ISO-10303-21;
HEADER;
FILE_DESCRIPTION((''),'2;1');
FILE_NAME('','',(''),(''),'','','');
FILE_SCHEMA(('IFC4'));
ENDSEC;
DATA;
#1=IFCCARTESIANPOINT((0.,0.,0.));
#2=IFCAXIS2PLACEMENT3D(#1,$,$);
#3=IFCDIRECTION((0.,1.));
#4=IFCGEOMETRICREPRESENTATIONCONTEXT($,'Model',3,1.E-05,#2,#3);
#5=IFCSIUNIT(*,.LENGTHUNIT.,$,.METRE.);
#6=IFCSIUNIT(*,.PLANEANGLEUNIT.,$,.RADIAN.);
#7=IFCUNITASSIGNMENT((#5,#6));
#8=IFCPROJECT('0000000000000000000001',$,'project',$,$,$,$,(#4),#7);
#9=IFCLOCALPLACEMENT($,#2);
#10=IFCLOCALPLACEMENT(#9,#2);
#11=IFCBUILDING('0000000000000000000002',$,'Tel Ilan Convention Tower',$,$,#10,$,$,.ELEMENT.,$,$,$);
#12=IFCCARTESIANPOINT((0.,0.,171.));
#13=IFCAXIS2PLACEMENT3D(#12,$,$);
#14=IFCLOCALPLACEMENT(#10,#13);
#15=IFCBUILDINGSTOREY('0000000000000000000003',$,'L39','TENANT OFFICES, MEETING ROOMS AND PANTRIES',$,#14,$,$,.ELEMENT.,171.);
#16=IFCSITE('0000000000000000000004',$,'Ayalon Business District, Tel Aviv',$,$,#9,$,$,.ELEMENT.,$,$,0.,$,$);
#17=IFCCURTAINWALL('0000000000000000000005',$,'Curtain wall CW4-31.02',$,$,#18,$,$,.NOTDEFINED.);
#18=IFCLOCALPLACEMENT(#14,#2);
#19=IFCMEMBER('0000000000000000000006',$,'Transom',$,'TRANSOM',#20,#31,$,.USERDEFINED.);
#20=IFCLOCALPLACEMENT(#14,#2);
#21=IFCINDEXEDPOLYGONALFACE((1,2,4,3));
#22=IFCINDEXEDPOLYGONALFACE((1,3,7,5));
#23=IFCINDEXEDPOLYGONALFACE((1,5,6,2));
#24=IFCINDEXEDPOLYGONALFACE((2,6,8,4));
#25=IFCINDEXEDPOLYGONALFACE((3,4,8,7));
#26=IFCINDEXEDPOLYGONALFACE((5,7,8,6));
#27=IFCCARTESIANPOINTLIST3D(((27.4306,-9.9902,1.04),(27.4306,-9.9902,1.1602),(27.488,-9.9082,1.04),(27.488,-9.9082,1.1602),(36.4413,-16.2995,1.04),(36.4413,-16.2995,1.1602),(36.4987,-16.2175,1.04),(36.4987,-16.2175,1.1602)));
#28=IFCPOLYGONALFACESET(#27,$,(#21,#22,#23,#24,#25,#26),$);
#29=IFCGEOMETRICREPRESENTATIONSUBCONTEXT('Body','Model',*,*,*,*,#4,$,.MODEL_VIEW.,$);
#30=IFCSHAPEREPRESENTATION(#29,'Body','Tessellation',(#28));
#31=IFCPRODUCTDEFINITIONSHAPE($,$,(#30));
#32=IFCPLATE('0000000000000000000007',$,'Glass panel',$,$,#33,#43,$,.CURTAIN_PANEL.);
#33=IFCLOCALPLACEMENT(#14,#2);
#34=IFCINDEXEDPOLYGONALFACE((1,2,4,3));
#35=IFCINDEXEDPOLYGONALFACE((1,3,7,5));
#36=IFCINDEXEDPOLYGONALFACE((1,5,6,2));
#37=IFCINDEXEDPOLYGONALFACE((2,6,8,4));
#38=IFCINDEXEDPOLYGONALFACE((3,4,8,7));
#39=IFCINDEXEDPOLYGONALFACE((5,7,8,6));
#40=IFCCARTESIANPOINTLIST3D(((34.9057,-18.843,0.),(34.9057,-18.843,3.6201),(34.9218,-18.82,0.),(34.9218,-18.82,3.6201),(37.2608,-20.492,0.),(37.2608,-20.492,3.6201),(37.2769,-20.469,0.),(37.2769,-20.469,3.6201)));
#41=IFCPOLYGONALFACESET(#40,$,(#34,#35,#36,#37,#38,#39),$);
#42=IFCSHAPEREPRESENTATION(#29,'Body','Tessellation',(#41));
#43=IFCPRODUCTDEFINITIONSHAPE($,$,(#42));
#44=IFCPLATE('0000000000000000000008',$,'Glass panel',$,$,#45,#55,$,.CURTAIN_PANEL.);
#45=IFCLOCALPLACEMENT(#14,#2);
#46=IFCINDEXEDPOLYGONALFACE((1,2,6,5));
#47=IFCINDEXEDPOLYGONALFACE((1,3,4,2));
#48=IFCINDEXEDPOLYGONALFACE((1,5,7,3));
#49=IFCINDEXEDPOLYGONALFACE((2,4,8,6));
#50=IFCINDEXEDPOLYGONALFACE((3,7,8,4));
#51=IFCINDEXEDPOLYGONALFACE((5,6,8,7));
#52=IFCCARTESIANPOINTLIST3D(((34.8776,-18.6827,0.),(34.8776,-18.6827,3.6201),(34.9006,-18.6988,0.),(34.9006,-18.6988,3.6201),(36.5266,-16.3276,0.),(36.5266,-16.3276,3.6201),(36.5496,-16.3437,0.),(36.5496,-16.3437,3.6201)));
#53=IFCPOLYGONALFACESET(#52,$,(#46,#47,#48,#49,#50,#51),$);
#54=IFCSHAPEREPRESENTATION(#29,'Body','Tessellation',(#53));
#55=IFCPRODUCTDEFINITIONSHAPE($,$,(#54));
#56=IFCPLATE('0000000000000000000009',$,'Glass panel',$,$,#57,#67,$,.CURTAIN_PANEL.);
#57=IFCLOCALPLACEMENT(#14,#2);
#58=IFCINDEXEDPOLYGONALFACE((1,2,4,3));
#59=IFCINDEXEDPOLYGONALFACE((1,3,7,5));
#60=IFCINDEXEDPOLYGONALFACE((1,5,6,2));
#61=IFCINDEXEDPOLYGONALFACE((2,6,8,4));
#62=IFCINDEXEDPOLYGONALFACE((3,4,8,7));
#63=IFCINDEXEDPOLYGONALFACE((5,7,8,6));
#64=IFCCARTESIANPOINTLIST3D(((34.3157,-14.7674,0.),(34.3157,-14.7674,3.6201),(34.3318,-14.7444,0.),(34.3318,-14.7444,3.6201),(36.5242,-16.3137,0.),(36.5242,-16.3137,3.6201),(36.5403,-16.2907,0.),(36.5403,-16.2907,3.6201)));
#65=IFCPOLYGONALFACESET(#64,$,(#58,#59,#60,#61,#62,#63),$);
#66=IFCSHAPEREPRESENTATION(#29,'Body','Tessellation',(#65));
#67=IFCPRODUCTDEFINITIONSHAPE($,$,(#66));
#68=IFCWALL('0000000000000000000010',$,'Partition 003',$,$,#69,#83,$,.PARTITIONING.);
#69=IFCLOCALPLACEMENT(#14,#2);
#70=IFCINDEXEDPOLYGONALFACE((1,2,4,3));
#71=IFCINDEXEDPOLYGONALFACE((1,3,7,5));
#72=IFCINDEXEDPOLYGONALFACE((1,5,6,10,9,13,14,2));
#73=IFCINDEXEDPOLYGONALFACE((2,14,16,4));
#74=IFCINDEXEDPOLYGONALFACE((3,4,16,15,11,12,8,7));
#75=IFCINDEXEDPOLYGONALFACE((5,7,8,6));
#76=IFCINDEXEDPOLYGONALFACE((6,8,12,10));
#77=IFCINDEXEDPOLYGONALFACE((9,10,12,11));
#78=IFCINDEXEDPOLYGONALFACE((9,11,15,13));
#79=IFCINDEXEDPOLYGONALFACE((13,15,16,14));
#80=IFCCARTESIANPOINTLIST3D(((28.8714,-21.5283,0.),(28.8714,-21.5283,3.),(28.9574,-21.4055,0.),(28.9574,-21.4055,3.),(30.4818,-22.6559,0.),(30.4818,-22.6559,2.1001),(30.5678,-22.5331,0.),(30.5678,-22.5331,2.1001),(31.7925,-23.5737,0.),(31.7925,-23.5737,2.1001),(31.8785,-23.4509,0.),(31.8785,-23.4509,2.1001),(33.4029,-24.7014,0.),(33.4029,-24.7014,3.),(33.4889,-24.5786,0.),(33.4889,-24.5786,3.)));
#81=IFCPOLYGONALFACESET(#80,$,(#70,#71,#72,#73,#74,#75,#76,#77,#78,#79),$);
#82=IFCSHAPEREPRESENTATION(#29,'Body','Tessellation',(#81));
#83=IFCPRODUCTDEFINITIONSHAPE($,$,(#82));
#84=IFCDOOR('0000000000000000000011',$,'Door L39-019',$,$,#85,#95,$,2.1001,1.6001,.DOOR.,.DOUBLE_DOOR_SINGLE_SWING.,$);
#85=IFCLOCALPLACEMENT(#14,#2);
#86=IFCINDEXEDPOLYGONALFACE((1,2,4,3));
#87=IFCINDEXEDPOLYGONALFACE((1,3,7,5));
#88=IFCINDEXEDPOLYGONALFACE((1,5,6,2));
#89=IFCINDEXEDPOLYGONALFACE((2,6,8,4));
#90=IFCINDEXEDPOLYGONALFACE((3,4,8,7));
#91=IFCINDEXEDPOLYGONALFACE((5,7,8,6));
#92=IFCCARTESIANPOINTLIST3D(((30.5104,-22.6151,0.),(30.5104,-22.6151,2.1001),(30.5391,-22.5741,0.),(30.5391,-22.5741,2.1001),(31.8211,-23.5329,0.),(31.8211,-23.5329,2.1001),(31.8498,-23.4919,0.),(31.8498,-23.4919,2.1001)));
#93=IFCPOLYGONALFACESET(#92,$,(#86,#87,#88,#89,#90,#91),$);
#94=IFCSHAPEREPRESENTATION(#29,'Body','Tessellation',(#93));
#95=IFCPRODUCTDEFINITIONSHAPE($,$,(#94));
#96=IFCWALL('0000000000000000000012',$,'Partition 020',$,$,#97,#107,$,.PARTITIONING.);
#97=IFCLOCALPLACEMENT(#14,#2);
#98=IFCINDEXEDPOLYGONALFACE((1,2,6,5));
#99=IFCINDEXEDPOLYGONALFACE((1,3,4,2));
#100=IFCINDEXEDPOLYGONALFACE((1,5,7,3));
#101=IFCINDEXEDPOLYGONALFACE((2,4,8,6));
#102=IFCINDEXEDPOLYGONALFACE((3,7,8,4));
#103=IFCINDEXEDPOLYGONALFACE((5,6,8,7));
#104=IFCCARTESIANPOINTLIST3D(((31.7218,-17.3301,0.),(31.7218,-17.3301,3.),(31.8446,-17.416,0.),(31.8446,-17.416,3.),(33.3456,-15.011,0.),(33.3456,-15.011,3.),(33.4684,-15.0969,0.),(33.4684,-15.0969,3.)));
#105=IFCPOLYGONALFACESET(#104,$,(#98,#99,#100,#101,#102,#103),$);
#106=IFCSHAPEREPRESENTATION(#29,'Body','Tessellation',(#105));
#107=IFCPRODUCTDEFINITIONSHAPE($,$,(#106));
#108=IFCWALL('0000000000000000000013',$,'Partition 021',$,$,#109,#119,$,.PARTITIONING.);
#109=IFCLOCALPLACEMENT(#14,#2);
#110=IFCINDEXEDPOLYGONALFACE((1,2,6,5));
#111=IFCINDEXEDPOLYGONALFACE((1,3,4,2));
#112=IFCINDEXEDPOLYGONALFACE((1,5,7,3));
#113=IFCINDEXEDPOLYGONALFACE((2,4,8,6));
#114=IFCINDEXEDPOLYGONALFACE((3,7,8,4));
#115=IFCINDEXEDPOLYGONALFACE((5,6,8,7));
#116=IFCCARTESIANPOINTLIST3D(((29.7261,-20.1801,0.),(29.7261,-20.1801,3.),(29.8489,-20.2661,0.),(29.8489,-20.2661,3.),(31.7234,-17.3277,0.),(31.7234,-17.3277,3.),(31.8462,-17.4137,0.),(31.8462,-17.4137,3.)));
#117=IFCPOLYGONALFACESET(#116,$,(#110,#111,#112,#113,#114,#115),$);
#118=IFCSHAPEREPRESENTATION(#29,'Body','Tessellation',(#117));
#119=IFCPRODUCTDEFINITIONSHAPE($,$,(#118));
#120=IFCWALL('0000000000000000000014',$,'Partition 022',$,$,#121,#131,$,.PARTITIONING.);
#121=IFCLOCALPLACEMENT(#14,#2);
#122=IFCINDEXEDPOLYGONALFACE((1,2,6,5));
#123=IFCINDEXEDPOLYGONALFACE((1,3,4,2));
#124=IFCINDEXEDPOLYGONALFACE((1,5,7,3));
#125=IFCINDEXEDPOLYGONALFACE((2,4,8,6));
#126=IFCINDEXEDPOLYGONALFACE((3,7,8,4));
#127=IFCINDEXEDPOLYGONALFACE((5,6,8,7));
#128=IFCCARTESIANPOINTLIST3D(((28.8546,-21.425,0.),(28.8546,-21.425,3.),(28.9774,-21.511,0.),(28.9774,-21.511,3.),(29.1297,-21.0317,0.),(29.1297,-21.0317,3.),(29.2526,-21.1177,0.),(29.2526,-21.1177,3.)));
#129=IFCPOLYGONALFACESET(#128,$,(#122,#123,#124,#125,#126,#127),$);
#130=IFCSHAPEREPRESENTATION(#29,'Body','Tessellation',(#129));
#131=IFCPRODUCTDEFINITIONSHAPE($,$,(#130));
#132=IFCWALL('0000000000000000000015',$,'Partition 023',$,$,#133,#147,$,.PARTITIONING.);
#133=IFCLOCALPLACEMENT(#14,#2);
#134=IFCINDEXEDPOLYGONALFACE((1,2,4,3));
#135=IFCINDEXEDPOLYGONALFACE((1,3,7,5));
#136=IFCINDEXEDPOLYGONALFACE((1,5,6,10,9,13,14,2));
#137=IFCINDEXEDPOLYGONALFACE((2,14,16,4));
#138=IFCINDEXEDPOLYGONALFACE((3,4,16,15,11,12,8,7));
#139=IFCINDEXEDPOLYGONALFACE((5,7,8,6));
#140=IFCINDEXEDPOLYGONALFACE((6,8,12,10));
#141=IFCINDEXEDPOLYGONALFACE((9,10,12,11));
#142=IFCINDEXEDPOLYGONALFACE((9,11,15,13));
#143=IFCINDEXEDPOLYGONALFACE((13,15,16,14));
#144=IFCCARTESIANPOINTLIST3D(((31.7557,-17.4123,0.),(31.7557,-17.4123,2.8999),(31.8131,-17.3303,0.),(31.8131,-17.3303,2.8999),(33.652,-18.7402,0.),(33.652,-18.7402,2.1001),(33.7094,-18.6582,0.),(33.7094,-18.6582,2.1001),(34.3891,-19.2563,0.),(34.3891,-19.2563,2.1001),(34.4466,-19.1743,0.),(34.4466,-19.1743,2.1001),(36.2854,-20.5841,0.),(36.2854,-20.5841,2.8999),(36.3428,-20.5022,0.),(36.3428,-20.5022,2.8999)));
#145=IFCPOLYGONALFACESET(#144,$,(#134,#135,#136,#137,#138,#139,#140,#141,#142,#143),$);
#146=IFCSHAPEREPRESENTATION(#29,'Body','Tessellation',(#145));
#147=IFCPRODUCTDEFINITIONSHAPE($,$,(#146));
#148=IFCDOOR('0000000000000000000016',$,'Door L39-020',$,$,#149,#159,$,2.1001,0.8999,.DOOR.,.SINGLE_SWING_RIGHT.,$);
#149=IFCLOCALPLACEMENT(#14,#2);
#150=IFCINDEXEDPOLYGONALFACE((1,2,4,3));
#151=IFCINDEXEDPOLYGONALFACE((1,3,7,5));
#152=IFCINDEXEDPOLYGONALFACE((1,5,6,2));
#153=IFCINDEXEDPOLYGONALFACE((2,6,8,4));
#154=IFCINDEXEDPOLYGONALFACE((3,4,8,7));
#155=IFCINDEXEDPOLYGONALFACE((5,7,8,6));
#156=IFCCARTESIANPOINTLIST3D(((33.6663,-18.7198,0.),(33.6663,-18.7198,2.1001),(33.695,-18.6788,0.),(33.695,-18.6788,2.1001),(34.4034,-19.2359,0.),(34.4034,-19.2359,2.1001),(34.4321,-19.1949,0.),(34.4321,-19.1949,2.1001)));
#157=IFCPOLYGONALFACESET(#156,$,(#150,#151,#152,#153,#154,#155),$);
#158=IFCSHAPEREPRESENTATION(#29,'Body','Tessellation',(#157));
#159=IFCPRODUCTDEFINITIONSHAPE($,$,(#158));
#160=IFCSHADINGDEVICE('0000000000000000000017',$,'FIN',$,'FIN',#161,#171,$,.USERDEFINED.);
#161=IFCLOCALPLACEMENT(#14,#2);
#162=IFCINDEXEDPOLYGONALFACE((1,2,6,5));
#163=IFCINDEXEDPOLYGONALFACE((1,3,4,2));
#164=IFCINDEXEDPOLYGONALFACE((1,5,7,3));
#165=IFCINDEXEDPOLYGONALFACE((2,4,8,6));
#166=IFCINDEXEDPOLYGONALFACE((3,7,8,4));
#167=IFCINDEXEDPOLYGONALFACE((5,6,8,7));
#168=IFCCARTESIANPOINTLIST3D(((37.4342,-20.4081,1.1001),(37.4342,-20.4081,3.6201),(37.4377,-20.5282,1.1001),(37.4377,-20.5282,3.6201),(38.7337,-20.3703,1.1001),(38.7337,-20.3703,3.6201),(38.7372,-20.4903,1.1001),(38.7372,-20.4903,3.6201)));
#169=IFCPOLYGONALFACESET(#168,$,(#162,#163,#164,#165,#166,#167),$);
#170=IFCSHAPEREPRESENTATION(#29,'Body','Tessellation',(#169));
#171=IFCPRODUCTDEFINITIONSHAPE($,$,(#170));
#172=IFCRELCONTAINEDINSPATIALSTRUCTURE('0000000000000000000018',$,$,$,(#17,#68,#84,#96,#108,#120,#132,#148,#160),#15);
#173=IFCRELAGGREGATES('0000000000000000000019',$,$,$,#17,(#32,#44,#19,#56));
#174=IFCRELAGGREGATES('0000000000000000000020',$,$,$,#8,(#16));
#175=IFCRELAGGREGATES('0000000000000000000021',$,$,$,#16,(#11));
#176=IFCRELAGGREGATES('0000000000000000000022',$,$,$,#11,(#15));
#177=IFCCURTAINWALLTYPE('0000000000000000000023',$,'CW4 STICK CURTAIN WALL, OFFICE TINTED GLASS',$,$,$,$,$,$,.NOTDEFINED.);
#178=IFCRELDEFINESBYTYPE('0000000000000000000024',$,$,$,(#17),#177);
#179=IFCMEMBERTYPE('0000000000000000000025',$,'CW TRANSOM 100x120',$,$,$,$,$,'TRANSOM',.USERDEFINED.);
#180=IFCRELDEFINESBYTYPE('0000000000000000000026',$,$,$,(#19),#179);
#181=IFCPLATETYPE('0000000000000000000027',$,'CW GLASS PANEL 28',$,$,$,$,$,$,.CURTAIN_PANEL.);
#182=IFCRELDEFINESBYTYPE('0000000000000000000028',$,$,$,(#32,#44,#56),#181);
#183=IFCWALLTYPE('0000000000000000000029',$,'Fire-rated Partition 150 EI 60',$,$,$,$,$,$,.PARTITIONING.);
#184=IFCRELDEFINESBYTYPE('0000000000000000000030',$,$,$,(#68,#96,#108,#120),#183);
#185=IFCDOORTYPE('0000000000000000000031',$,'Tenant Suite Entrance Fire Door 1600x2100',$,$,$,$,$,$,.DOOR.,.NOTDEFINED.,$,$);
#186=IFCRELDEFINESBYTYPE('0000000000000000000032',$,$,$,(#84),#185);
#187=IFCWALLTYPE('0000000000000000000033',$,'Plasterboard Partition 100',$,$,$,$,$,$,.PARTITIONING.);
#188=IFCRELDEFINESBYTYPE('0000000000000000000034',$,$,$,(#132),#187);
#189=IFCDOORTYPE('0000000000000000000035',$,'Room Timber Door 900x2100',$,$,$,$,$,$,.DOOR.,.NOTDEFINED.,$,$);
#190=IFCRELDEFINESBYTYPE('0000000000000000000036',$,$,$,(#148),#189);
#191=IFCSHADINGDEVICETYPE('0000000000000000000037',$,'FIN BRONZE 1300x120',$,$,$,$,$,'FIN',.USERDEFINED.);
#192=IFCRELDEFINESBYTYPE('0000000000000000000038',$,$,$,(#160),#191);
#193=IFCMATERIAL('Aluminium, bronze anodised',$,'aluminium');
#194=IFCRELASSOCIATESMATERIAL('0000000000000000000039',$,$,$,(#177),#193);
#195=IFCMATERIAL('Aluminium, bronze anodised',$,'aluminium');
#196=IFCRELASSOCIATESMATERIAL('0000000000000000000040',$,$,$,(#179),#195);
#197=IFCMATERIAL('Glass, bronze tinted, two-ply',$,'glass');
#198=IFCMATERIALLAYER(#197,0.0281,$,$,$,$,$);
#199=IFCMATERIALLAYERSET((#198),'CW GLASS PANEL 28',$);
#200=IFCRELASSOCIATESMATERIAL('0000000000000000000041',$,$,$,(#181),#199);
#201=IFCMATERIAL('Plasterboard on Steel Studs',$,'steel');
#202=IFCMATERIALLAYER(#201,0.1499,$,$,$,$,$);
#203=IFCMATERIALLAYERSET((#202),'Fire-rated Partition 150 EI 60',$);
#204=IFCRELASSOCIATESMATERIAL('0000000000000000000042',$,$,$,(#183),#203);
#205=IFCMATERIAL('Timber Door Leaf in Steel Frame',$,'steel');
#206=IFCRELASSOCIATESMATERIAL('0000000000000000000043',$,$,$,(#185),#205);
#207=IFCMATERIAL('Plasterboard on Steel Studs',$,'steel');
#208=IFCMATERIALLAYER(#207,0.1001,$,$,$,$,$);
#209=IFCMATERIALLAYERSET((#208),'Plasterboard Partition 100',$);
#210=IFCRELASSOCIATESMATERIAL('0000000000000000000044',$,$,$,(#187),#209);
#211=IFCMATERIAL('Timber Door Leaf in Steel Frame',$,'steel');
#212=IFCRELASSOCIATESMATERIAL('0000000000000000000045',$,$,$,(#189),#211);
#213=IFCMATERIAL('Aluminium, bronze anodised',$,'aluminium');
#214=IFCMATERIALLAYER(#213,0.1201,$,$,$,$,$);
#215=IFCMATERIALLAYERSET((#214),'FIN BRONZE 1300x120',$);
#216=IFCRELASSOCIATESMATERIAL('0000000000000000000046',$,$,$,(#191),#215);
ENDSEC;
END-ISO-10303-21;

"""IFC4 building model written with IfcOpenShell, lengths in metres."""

from ifc_helpers import new_model, si_unit, direction, frame, frame_2d, origin, origin_2d, place, context, subcontext, project, spatial, rectangle, extrude, material, layer, layer_set, material_profile, profile_set, type_object, element, fill, aggregate, save


model = new_model("IFC4")

# Units and contexts
model_context = context("Model", 3, precision=1e-05, world=origin(), true_north=direction((0.0, 1.0)))
body_context = subcontext(model_context, "Body", "Model", "MODEL_VIEW")
ifc_project = project(units=[si_unit("LENGTHUNIT", "METRE"), si_unit("PLANEANGLEUNIT", "RADIAN")], contexts=[model_context])

# Site, building, storey
site_placement = place(None, origin())
site = spatial("IfcSite", under=ifc_project, at=site_placement, Name="Ayalon Business District, Tel Aviv", CompositionType="ELEMENT", RefElevation=0.0)
building_placement = place(site_placement, origin())
building = spatial("IfcBuilding", under=site, at=building_placement, Name="Tel Ilan Convention Tower", CompositionType="ELEMENT")
storey_placement = place(building_placement, frame((0.0, 0.0, 171.0)))
storey = spatial("IfcBuildingStorey", under=building, at=storey_placement, Name="L39", Description="TENANT OFFICES, MEETING ROOMS AND PANTRIES", CompositionType="ELEMENT", Elevation=171.0)

# Curtain wall, member, plates
ifc_material_1 = material(Name="Aluminium, bronze anodised", Category="aluminium")
curtain_wall_type = type_object("IfcCurtainWallType", Name="CW4 STICK CURTAIN WALL, OFFICE TINTED GLASS", PredefinedType="NOTDEFINED", material=ifc_material_1)
curtain_wall_placement = place(storey_placement, origin())
curtain_wall = element("IfcCurtainWall", 1, at=curtain_wall_placement, inside=storey, type_object=curtain_wall_type, Name="Curtain wall CW4-31.02", PredefinedType="NOTDEFINED")
ifc_material_2 = material(Name="Aluminium, bronze anodised", Category="aluminium")
ifc_material_profile_1 = material_profile(ifc_material_2, rectangle(XDim=0.1001, YDim=0.1201, at=origin_2d()), Name="CW TRANSOM 100x120")
ifc_profile_set_1 = profile_set([ifc_material_profile_1], Name="Aluminium, bronze anodised")
member_type_1 = type_object("IfcMemberType", Name="CW TRANSOM 100x120", ElementType="TRANSOM", PredefinedType="USERDEFINED", material=ifc_profile_set_1)
member_1_placement = place(storey_placement, frame((36.47, -16.2585, 1.1001), z_axis=(-0.819155, 0.573573, 0.0), x_axis=(-0.573573, -0.819155, 0.0)))
member_1 = element("IfcMember", 2, at=member_1_placement, type_object=member_type_1, Name="Transom", ObjectType="TRANSOM", PredefinedType="USERDEFINED", context=body_context, shape_type="SweptSolid", body=[
    extrude(rectangle(XDim=0.1001, YDim=0.1201, at=origin_2d()), origin(), (0.0, 0.0, 1.0), 11.0),
])
ifc_material_3 = material(Name="Glass, bronze tinted, two-ply", Category="glass")
ifc_layer_1 = layer(ifc_material_3, 0.0281)
ifc_layer_set_1 = layer_set([ifc_layer_1], Name="CW GLASS PANEL 28")
plate_type = type_object("IfcPlateType", Name="CW GLASS PANEL 28", PredefinedType="CURTAIN_PANEL", material=ifc_layer_set_1)
plate_1_placement = place(storey_placement, frame((36.0913, -19.656, 0.0), z_axis=(0.0, 0.0, 1.0), x_axis=(-0.819152, 0.573576, 0.0)))
plate_1 = element("IfcPlate", 3, at=plate_1_placement, type_object=plate_type, Name="Glass panel", PredefinedType="CURTAIN_PANEL", context=body_context, shape_type="SweptSolid", body=[
    extrude(rectangle(XDim=2.875, YDim=0.0281, at=origin_2d()), origin(), (0.0, 0.0, 1.0), 3.6201),
])
plate_2_placement = place(storey_placement, frame((35.7136, -17.5132, 0.0), z_axis=(0.0, 0.0, 1.0), x_axis=(0.573576, 0.819152, 0.0)))
plate_2 = element("IfcPlate", 4, at=plate_2_placement, type_object=plate_type, Name="Glass panel", PredefinedType="CURTAIN_PANEL", context=body_context, shape_type="SweptSolid", body=[
    extrude(rectangle(XDim=2.875, YDim=0.0281, at=origin_2d()), origin(), (0.0, 0.0, 1.0), 3.6201),
])
plate_3_placement = place(storey_placement, frame((35.428, -15.5291, 0.0), z_axis=(0.0, 0.0, 1.0), x_axis=(-0.819152, 0.573576, 0.0)))
plate_3 = element("IfcPlate", 5, at=plate_3_placement, type_object=plate_type, Name="Glass panel", PredefinedType="CURTAIN_PANEL", context=body_context, shape_type="SweptSolid", body=[
    extrude(rectangle(XDim=2.696, YDim=0.0281, at=origin_2d()), origin(), (0.0, 0.0, 1.0), 3.6201),
])
aggregate(curtain_wall, [plate_1, plate_2, member_1, plate_3])

# Wall, opening, door
ifc_material_4 = material(Name="Plasterboard on Steel Studs", Category="steel")
ifc_layer_2 = layer(ifc_material_4, 0.1499)
ifc_layer_set_2 = layer_set([ifc_layer_2], Name="Fire-rated Partition 150 EI 60")
wall_type_1 = type_object("IfcWallType", Name="Fire-rated Partition 150 EI 60", PredefinedType="PARTITIONING", material=ifc_layer_set_2)
wall_1_placement = place(storey_placement, frame((28.9143, -21.4668, 0.0), z_axis=(0.0, 0.0, 1.0), x_axis=(0.819143, -0.57359, 0.0)))
wall_1 = element("IfcWall", 6, at=wall_1_placement, inside=storey, type_object=wall_type_1, Name="Partition 003", PredefinedType="PARTITIONING", context=body_context, shape_type="SweptSolid", body=[
    extrude(rectangle(XDim=5.532, YDim=0.1499, at=frame_2d((2.7661, 0.0))), origin(), (0.0, 0.0, 1.0), 3.0),
])
opening_1_placement = place(wall_1_placement, frame((1.9661, 0.0, 0.0)))
opening_1 = element("IfcOpeningElement", 7, at=opening_1_placement, cuts=wall_1, PredefinedType="OPENING", context=body_context, shape_type="SweptSolid", body=[
    extrude(rectangle(XDim=1.6001, YDim=2.1001, at=frame_2d((0.8, 1.05))), frame((0.0, 0.085, 0.0), z_axis=(0.0, -1.0, 0.0), x_axis=(1.0, 0.0, 0.0)), (0.0, 0.0, 1.0), 0.1699),
])
ifc_material_5 = material(Name="Timber Door Leaf in Steel Frame", Category="steel")
door_type_1 = type_object("IfcDoorType", Name="Tenant Suite Entrance Fire Door 1600x2100", OperationType="NOTDEFINED", PredefinedType="DOOR", material=ifc_material_5)
door_1_placement = place(opening_1_placement, origin())
door_1 = element("IfcDoor", 8, at=door_1_placement, inside=storey, type_object=door_type_1, Name="Door L39-019", OperationType="DOUBLE_DOOR_SINGLE_SWING", OverallHeight=2.1001, OverallWidth=1.6001, PredefinedType="DOOR", context=body_context, shape_type="SweptSolid", body=[
    extrude(rectangle(XDim=1.6001, YDim=2.1001, at=frame_2d((0.8, 1.05))), frame((0.0, 0.0249, 0.0), z_axis=(0.0, -1.0, 0.0), x_axis=(1.0, 0.0, 0.0)), (0.0, 0.0, 1.0), 0.05),
])
fill(opening_1, door_1)

# Walls
wall_2_placement = place(storey_placement, frame((33.407, -15.054, 0.0), z_axis=(0.0, 0.0, 1.0), x_axis=(-0.573561, -0.819163, 0.0)))
element("IfcWall", 9, at=wall_2_placement, inside=storey, type_object=wall_type_1, Name="Partition 020", PredefinedType="PARTITIONING", context=body_context, shape_type="SweptSolid", body=[
    extrude(rectangle(XDim=2.8311, YDim=0.1499, at=frame_2d((1.4155, 0.0))), origin(), (0.0, 0.0, 1.0), 3.0),
])
wall_3_placement = place(storey_placement, frame((31.7849, -17.3706, 0.0), z_axis=(0.0, 0.0, 1.0), x_axis=(-0.573599, -0.819136, 0.0)))
element("IfcWall", 10, at=wall_3_placement, inside=storey, type_object=wall_type_1, Name="Partition 021", PredefinedType="PARTITIONING", context=body_context, shape_type="SweptSolid", body=[
    extrude(rectangle(XDim=3.4822, YDim=0.1499, at=frame_2d((1.7412, 0.0))), origin(), (0.0, 0.0, 1.0), 3.0),
])
wall_4_placement = place(storey_placement, frame((29.1912, -21.0747, 0.0), z_axis=(0.0, 0.0, 1.0), x_axis=(-0.573223, -0.819399, 0.0)))
element("IfcWall", 11, at=wall_4_placement, inside=storey, type_object=wall_type_1, Name="Partition 022", PredefinedType="PARTITIONING", context=body_context, shape_type="SweptSolid", body=[
    extrude(rectangle(XDim=0.48, YDim=0.1499, at=frame_2d((0.24, 0.0))), origin(), (0.0, 0.0, 1.0), 3.0),
])

# Wall, opening, door
ifc_material_6 = material(Name="Plasterboard on Steel Studs", Category="steel")
ifc_layer_3 = layer(ifc_material_6, 0.1001)
ifc_layer_set_3 = layer_set([ifc_layer_3], Name="Plasterboard Partition 100")
wall_type_2 = type_object("IfcWallType", Name="Plasterboard Partition 100", PredefinedType="PARTITIONING", material=ifc_layer_set_3)
wall_5_placement = place(storey_placement, frame((31.7844, -17.3713, 0.0), z_axis=(0.0, 0.0, 1.0), x_axis=(0.819145, -0.573587, 0.0)))
wall_5 = element("IfcWall", 12, at=wall_5_placement, inside=storey, type_object=wall_type_2, Name="Partition 023", PredefinedType="PARTITIONING", context=body_context, shape_type="SweptSolid", body=[
    extrude(rectangle(XDim=5.5298, YDim=0.1001, at=frame_2d((2.7649, 0.0))), origin(), (0.0, 0.0, 1.0), 2.8999),
])
opening_2_placement = place(wall_5_placement, frame((2.3149, 0.0, 0.0)))
opening_2 = element("IfcOpeningElement", 13, at=opening_2_placement, cuts=wall_5, PredefinedType="OPENING", context=body_context, shape_type="SweptSolid", body=[
    extrude(rectangle(XDim=0.8999, YDim=2.1001, at=frame_2d((0.45, 1.05))), frame((0.0, 0.0601, 0.0), z_axis=(0.0, -1.0, 0.0), x_axis=(1.0, 0.0, 0.0)), (0.0, 0.0, 1.0), 0.1201),
])
ifc_material_7 = material(Name="Timber Door Leaf in Steel Frame", Category="steel")
door_type_2 = type_object("IfcDoorType", Name="Room Timber Door 900x2100", OperationType="NOTDEFINED", PredefinedType="DOOR", material=ifc_material_7)
door_2_placement = place(opening_2_placement, origin())
door_2 = element("IfcDoor", 14, at=door_2_placement, inside=storey, type_object=door_type_2, Name="Door L39-020", OperationType="SINGLE_SWING_RIGHT", OverallHeight=2.1001, OverallWidth=0.8999, PredefinedType="DOOR", context=body_context, shape_type="SweptSolid", body=[
    extrude(rectangle(XDim=0.8999, YDim=2.1001, at=frame_2d((0.45, 1.05))), frame((0.0, 0.0249, 0.0), z_axis=(0.0, -1.0, 0.0), x_axis=(1.0, 0.0, 0.0)), (0.0, 0.0, 1.0), 0.05),
])
fill(opening_2, door_2)

# Shading device
ifc_material_8 = material(Name="Aluminium, bronze anodised", Category="aluminium")
ifc_layer_4 = layer(ifc_material_8, 0.1201)
ifc_layer_set_4 = layer_set([ifc_layer_4], Name="FIN BRONZE 1300x120")
shading_device_type = type_object("IfcShadingDeviceType", Name="FIN BRONZE 1300x120", ElementType="FIN", PredefinedType="USERDEFINED", material=ifc_layer_set_4)
for number, where, z_axis, x_axis, name in (
    (15, (38.0857, -20.4492, 1.1001), (0.0, 0.0, 1.0), (0.999577, 0.029085, 0.0), "FIN"),
):
    element("IfcShadingDevice", number, at=place(storey_placement, frame(where, z_axis=z_axis, x_axis=x_axis)), inside=storey, type_object=shading_device_type, Name=name, ObjectType="FIN", PredefinedType="USERDEFINED", context=body_context, shape_type="SweptSolid", body=[
        extrude(rectangle(XDim=1.3, YDim=0.1201, at=origin_2d()), origin(), (0.0, 0.0, 1.0), 2.52),
    ])

save(model, "model.ifc")
